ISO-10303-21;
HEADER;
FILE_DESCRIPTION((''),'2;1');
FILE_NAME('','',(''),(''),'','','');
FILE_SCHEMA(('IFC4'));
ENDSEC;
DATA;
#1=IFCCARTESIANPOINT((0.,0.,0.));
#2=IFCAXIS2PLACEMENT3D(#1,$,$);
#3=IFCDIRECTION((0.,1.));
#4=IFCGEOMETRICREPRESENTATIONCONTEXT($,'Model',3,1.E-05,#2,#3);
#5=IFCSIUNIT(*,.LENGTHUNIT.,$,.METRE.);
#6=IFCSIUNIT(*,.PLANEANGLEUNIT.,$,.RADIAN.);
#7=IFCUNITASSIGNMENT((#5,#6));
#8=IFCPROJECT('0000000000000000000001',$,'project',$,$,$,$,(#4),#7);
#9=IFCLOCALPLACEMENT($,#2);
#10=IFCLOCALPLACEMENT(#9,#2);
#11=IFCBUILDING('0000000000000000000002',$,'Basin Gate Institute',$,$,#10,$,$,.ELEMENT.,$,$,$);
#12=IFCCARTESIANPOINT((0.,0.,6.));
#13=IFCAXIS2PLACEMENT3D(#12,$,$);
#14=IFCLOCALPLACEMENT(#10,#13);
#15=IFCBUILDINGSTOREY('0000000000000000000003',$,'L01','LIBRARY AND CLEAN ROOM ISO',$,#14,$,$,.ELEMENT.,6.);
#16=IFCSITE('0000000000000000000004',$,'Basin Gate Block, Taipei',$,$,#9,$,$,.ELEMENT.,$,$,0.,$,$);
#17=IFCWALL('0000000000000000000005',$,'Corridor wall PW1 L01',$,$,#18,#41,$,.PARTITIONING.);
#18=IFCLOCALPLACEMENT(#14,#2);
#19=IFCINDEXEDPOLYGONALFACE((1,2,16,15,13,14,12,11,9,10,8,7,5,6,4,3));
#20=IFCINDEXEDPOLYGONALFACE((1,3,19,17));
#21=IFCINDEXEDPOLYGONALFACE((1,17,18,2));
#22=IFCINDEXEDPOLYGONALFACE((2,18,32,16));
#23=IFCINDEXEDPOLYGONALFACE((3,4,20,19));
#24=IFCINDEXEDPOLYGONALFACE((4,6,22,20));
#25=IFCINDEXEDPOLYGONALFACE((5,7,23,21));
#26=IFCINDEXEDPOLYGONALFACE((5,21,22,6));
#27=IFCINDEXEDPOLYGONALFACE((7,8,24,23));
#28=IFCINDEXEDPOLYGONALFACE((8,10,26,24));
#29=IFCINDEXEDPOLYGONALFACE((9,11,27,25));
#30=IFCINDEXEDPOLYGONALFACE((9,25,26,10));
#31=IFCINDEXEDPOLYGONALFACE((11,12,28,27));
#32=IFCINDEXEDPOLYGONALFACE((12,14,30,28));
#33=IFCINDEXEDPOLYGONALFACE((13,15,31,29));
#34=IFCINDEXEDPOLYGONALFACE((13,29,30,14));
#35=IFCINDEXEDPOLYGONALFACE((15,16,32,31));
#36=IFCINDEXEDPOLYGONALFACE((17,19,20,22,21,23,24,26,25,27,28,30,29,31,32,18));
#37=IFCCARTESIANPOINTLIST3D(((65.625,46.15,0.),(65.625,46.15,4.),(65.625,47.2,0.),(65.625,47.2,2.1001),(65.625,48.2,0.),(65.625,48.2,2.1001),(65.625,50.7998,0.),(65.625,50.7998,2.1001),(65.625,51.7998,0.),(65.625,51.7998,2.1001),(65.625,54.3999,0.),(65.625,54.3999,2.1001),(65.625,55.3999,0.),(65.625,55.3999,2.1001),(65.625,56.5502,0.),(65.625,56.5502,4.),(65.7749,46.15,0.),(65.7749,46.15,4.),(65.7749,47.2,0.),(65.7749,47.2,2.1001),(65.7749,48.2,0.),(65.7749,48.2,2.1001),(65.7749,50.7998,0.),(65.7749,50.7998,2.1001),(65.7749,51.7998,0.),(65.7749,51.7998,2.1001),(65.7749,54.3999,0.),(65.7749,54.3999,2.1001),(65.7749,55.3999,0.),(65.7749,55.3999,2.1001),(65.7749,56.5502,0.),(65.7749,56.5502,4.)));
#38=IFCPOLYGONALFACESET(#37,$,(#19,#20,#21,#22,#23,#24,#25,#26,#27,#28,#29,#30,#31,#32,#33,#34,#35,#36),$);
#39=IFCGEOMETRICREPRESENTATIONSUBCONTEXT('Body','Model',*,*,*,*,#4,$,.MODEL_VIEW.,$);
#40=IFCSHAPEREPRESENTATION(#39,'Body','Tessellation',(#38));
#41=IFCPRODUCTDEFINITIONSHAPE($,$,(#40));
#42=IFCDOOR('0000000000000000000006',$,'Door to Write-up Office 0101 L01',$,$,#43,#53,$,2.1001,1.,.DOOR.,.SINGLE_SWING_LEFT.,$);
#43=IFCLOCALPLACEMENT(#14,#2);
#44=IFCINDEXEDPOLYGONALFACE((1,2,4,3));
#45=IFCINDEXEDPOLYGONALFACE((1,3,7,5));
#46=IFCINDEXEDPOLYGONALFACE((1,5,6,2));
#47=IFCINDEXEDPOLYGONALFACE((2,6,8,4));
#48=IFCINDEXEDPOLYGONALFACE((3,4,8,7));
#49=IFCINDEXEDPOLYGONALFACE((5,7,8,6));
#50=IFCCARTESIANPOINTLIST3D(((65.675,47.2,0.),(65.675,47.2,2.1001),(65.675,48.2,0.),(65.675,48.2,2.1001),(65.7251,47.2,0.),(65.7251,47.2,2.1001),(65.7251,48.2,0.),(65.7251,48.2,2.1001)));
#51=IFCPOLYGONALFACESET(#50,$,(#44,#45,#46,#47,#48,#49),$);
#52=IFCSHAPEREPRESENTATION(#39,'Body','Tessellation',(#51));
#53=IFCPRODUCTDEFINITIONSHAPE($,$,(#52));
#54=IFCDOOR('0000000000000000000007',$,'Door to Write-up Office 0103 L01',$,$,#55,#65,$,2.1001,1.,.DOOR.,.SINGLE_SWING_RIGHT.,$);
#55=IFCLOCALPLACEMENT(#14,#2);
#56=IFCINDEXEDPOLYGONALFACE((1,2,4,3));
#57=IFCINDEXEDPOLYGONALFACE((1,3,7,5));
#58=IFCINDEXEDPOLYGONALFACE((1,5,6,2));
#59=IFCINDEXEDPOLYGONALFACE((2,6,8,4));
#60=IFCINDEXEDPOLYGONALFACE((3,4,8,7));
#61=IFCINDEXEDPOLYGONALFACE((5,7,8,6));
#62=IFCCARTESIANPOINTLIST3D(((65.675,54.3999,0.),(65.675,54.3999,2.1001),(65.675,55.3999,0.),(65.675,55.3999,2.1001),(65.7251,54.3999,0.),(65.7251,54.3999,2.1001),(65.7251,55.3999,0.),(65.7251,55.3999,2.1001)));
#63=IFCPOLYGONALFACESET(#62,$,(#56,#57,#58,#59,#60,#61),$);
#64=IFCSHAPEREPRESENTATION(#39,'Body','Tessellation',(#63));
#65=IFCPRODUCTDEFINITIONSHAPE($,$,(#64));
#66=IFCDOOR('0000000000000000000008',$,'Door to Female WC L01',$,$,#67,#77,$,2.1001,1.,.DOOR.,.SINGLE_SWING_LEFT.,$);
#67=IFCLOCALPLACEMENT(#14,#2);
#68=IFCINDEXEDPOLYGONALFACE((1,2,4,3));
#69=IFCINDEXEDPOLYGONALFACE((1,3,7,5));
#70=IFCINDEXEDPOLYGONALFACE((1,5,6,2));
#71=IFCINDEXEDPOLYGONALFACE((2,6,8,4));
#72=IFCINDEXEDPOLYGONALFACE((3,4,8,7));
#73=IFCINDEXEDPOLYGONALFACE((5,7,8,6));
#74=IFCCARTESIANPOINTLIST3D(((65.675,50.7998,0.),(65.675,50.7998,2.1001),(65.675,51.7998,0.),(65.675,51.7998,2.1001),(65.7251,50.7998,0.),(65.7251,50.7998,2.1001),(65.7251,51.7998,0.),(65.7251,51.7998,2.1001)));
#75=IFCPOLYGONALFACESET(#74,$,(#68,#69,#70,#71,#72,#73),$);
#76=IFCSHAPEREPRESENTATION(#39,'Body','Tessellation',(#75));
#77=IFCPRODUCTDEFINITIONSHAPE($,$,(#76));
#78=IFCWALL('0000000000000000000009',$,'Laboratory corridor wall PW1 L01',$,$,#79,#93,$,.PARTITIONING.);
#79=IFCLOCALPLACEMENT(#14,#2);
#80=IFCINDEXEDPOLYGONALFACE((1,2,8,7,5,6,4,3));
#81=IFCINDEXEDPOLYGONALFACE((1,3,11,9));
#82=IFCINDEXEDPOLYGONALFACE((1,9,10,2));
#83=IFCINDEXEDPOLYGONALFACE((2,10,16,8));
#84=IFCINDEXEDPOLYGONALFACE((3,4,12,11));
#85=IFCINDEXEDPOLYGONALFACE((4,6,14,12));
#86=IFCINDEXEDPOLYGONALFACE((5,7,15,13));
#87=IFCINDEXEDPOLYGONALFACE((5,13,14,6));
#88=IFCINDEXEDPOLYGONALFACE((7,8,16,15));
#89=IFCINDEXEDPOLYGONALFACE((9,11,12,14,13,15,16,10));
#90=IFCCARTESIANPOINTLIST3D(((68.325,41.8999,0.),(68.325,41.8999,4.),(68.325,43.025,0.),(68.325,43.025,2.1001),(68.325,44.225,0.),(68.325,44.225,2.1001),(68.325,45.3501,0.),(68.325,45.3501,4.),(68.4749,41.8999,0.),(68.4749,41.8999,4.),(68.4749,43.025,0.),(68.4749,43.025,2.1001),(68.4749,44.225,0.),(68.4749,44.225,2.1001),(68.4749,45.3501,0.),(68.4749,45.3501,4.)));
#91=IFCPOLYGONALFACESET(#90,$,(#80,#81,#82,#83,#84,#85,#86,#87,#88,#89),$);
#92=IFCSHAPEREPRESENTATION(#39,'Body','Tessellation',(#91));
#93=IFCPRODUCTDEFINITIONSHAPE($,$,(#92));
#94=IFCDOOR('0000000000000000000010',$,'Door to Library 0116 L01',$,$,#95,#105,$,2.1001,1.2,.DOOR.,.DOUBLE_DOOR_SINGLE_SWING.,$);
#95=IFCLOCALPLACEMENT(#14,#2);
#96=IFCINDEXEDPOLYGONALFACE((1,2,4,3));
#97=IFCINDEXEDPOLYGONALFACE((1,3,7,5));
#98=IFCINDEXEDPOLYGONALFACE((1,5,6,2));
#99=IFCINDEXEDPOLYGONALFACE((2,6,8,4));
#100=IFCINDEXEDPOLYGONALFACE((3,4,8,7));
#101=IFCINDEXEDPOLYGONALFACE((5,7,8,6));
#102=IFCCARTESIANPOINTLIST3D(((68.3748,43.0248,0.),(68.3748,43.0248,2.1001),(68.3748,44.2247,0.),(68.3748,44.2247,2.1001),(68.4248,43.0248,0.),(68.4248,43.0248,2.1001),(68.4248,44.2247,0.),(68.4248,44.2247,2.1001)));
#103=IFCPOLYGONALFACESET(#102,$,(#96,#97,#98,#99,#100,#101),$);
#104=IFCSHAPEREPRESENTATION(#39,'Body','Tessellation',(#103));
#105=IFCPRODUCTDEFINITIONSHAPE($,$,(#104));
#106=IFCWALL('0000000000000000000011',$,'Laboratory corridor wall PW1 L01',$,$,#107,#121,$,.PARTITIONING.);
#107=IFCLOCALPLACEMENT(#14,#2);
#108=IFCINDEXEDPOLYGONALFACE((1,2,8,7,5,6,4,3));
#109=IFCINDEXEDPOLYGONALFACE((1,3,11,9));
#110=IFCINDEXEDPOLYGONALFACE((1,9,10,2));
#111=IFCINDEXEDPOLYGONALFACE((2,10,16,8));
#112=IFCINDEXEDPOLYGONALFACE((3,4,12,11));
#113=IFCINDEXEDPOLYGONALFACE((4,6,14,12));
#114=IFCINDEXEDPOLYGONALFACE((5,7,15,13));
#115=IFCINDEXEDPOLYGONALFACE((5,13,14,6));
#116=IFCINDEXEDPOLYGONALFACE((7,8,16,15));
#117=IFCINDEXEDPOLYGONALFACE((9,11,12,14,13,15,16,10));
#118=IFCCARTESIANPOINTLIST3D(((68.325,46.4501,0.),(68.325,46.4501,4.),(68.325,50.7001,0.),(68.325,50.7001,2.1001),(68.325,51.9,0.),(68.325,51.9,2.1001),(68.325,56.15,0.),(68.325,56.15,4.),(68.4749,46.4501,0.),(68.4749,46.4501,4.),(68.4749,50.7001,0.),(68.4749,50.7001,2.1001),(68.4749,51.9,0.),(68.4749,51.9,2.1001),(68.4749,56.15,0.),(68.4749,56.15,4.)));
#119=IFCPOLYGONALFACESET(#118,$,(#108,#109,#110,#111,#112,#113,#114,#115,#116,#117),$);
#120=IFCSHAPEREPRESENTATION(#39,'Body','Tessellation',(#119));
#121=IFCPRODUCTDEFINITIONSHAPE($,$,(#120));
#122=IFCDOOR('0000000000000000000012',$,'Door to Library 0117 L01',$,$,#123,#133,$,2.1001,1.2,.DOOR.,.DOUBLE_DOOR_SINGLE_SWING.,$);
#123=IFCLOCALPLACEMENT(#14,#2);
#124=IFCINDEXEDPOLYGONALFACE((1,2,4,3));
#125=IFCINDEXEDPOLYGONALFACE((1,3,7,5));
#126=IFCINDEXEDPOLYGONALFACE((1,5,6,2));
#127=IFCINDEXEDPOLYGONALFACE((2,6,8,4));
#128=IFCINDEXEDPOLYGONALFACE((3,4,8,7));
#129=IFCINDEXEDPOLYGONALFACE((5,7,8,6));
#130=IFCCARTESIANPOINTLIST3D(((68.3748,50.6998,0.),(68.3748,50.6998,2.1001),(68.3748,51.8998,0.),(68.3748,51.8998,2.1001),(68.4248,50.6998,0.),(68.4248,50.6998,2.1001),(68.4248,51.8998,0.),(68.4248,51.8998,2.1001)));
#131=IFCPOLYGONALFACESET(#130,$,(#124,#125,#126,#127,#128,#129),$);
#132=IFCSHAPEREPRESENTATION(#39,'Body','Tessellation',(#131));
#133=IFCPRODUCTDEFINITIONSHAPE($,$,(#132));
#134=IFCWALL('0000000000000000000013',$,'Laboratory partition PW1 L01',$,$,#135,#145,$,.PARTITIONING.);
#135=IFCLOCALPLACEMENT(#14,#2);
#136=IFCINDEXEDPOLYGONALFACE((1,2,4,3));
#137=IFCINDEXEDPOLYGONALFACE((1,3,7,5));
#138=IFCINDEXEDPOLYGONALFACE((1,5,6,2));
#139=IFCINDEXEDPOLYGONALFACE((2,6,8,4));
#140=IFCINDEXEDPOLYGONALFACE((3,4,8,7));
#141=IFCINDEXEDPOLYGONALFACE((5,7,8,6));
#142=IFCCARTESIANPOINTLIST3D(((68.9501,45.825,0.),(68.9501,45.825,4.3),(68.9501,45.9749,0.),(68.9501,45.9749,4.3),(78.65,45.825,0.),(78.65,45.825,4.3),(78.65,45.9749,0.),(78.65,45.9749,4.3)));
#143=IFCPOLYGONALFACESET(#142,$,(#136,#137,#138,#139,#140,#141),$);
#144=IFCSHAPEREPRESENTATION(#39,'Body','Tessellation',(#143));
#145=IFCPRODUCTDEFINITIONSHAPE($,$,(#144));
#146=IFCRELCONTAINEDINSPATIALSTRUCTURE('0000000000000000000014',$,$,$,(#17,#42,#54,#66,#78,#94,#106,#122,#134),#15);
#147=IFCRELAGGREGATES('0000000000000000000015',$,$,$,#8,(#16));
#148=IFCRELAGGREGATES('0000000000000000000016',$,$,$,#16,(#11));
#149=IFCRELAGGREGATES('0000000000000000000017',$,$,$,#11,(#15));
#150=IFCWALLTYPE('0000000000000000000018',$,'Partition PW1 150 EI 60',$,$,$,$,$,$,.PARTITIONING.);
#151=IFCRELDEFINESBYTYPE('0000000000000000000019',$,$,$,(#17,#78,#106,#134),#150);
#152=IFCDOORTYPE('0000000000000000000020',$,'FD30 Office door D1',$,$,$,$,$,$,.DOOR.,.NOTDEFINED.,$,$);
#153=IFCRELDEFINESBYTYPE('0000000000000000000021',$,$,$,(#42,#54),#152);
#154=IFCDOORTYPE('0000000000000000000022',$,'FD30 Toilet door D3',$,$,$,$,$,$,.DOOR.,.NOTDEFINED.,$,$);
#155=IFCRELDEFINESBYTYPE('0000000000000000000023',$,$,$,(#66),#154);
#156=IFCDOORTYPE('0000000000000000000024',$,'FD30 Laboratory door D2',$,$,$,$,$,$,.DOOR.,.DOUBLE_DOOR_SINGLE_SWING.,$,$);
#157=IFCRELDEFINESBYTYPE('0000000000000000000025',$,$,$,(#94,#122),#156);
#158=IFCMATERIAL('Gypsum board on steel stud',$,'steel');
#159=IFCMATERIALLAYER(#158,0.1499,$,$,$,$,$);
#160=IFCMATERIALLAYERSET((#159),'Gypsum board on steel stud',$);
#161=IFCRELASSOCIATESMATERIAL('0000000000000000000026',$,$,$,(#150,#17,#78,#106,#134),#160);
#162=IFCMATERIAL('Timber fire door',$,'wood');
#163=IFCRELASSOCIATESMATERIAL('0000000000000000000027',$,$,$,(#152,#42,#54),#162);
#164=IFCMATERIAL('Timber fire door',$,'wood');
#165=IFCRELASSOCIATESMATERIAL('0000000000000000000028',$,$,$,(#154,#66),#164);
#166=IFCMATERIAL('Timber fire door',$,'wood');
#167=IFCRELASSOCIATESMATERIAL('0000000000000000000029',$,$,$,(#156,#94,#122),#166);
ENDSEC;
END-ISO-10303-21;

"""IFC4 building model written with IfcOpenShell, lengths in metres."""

from ifc_helpers import new_model, si_unit, direction, frame, frame_2d, origin, place, context, subcontext, project, spatial, rectangle, extrude, material, layer, layer_set, type_object, element, fill, save


model = new_model("IFC4")

# Units and contexts
model_context = context("Model", 3, precision=1e-05, world=origin(), true_north=direction((0.0, 1.0)))
body_context = subcontext(model_context, "Body", "Model", "MODEL_VIEW")
ifc_project = project(units=[si_unit("LENGTHUNIT", "METRE"), si_unit("PLANEANGLEUNIT", "RADIAN")], contexts=[model_context])

# Site, building, storey
site_placement = place(None, origin())
site = spatial("IfcSite", under=ifc_project, at=site_placement, Name="Basin Gate Block, Taipei", CompositionType="ELEMENT", RefElevation=0.0)
building_placement = place(site_placement, origin())
building = spatial("IfcBuilding", under=site, at=building_placement, Name="Basin Gate Institute", CompositionType="ELEMENT")
storey_placement = place(building_placement, frame((0.0, 0.0, 6.0)))
storey = spatial("IfcBuildingStorey", under=building, at=storey_placement, Name="L01", Description="LIBRARY AND CLEAN ROOM ISO", CompositionType="ELEMENT", Elevation=6.0)

# Wall, openings, doors
ifc_material_1 = material(Name="Gypsum board on steel stud", Category="steel")
ifc_layer = layer(ifc_material_1, 0.1499)
ifc_layer_set = layer_set([ifc_layer], Name="Gypsum board on steel stud")
wall_type = type_object("IfcWallType", Name="Partition PW1 150 EI 60", PredefinedType="PARTITIONING", material=ifc_layer_set)
wall_1_placement = place(storey_placement, frame((65.7, 46.1499, 0.0), z_axis=(0.0, 0.0, 1.0), x_axis=(0.0, 1.0, 0.0)))
wall_1 = element("IfcWall", 1, at=wall_1_placement, inside=storey, type_object=wall_type, material=ifc_layer_set, Name="Corridor wall PW1 L01", PredefinedType="PARTITIONING", context=body_context, shape_type="SweptSolid", body=[
    extrude(rectangle(XDim=10.4001, YDim=0.1499, at=frame_2d((5.2002, 0.0))), origin(), (0.0, 0.0, 1.0), 4.0),
])
opening_1_placement = place(wall_1_placement, frame((4.6499, 0.0, 0.0)))
opening_1 = element("IfcOpeningElement", 2, at=opening_1_placement, cuts=wall_1, PredefinedType="OPENING", context=body_context, shape_type="SweptSolid", body=[
    extrude(rectangle(XDim=1.0, YDim=2.1001, at=frame_2d((0.5, 1.05))), frame((0.0, 0.085, 0.0), z_axis=(0.0, -1.0, 0.0), x_axis=(1.0, 0.0, 0.0)), (0.0, 0.0, 1.0), 0.1699),
])
opening_2_placement = place(wall_1_placement, frame((1.05, 0.0, 0.0)))
opening_2 = element("IfcOpeningElement", 3, at=opening_2_placement, cuts=wall_1, PredefinedType="OPENING", context=body_context, shape_type="SweptSolid", body=[
    extrude(rectangle(XDim=1.0, YDim=2.1001, at=frame_2d((0.5, 1.05))), frame((0.0, 0.085, 0.0), z_axis=(0.0, -1.0, 0.0), x_axis=(1.0, 0.0, 0.0)), (0.0, 0.0, 1.0), 0.1699),
])
opening_3_placement = place(wall_1_placement, frame((8.25, 0.0, 0.0)))
opening_3 = element("IfcOpeningElement", 4, at=opening_3_placement, cuts=wall_1, PredefinedType="OPENING", context=body_context, shape_type="SweptSolid", body=[
    extrude(rectangle(XDim=1.0, YDim=2.1001, at=frame_2d((0.5, 1.05))), frame((0.0, 0.085, 0.0), z_axis=(0.0, -1.0, 0.0), x_axis=(1.0, 0.0, 0.0)), (0.0, 0.0, 1.0), 0.1699),
])
ifc_material_2 = material(Name="Timber fire door", Category="wood")
door_type_1 = type_object("IfcDoorType", Name="FD30 Office door D1", OperationType="NOTDEFINED", PredefinedType="DOOR", material=ifc_material_2)
door_1_placement = place(opening_2_placement, origin())
door_1 = element("IfcDoor", 5, at=door_1_placement, inside=storey, type_object=door_type_1, material=ifc_material_2, Name="Door to Write-up Office 0101 L01", OperationType="SINGLE_SWING_LEFT", OverallHeight=2.1001, OverallWidth=1.0, PredefinedType="DOOR", context=body_context, shape_type="SweptSolid", body=[
    extrude(rectangle(XDim=1.0, YDim=2.1001, at=frame_2d((0.5, 1.05))), frame((0.0, 0.0249, 0.0), z_axis=(0.0, -1.0, 0.0), x_axis=(1.0, 0.0, 0.0)), (0.0, 0.0, 1.0), 0.05),
])
fill(opening_2, door_1)
door_2_placement = place(opening_3_placement, origin())
door_2 = element("IfcDoor", 6, at=door_2_placement, inside=storey, type_object=door_type_1, material=ifc_material_2, Name="Door to Write-up Office 0103 L01", OperationType="SINGLE_SWING_RIGHT", OverallHeight=2.1001, OverallWidth=1.0, PredefinedType="DOOR", context=body_context, shape_type="SweptSolid", body=[
    extrude(rectangle(XDim=1.0, YDim=2.1001, at=frame_2d((0.5, 1.05))), frame((0.0, 0.0249, 0.0), z_axis=(0.0, -1.0, 0.0), x_axis=(1.0, 0.0, 0.0)), (0.0, 0.0, 1.0), 0.05),
])
fill(opening_3, door_2)
ifc_material_3 = material(Name="Timber fire door", Category="wood")
door_type_2 = type_object("IfcDoorType", Name="FD30 Toilet door D3", OperationType="NOTDEFINED", PredefinedType="DOOR", material=ifc_material_3)
door_3_placement = place(opening_1_placement, origin())
door_3 = element("IfcDoor", 7, at=door_3_placement, inside=storey, type_object=door_type_2, material=ifc_material_3, Name="Door to Female WC L01", OperationType="SINGLE_SWING_LEFT", OverallHeight=2.1001, OverallWidth=1.0, PredefinedType="DOOR", context=body_context, shape_type="SweptSolid", body=[
    extrude(rectangle(XDim=1.0, YDim=2.1001, at=frame_2d((0.5, 1.05))), frame((0.0, 0.0249, 0.0), z_axis=(0.0, -1.0, 0.0), x_axis=(1.0, 0.0, 0.0)), (0.0, 0.0, 1.0), 0.05),
])
fill(opening_1, door_3)

# Walls, openings, doors
wall_2_placement = place(storey_placement, frame((68.3999, 41.8999, 0.0), z_axis=(0.0, 0.0, 1.0), x_axis=(0.0, 1.0, 0.0)))
wall_2 = element("IfcWall", 8, at=wall_2_placement, inside=storey, type_object=wall_type, material=ifc_layer_set, Name="Laboratory corridor wall PW1 L01", PredefinedType="PARTITIONING", context=body_context, shape_type="SweptSolid", body=[
    extrude(rectangle(XDim=3.4502, YDim=0.1499, at=frame_2d((1.7251, 0.0))), origin(), (0.0, 0.0, 1.0), 4.0),
])
opening_4_placement = place(wall_2_placement, frame((1.125, 0.0, 0.0)))
opening_4 = element("IfcOpeningElement", 9, at=opening_4_placement, cuts=wall_2, PredefinedType="OPENING", context=body_context, shape_type="SweptSolid", body=[
    extrude(rectangle(XDim=1.2, YDim=2.1001, at=frame_2d((0.6001, 1.05))), frame((0.0, 0.085, 0.0), z_axis=(0.0, -1.0, 0.0), x_axis=(1.0, 0.0, 0.0)), (0.0, 0.0, 1.0), 0.1699),
])
ifc_material_4 = material(Name="Timber fire door", Category="wood")
door_type_3 = type_object("IfcDoorType", Name="FD30 Laboratory door D2", OperationType="DOUBLE_DOOR_SINGLE_SWING", PredefinedType="DOOR", material=ifc_material_4)
door_4_placement = place(opening_4_placement, frame((1.2, 0.0, 0.0), z_axis=(0.0, 0.0, 1.0), x_axis=(-1.0, 0.0, 0.0)))
door_4 = element("IfcDoor", 10, at=door_4_placement, inside=storey, type_object=door_type_3, material=ifc_material_4, Name="Door to Library 0116 L01", OperationType="DOUBLE_DOOR_SINGLE_SWING", OverallHeight=2.1001, OverallWidth=1.2, PredefinedType="DOOR", context=body_context, shape_type="SweptSolid", body=[
    extrude(rectangle(XDim=1.2, YDim=2.1001, at=frame_2d((0.6001, 1.05))), frame((0.0, 0.0249, 0.0), z_axis=(0.0, -1.0, 0.0), x_axis=(1.0, 0.0, 0.0)), (0.0, 0.0, 1.0), 0.05),
])
fill(opening_4, door_4)
wall_3_placement = place(storey_placement, frame((68.3999, 46.45, 0.0), z_axis=(0.0, 0.0, 1.0), x_axis=(0.0, 1.0, 0.0)))
wall_3 = element("IfcWall", 11, at=wall_3_placement, inside=storey, type_object=wall_type, material=ifc_layer_set, Name="Laboratory corridor wall PW1 L01", PredefinedType="PARTITIONING", context=body_context, shape_type="SweptSolid", body=[
    extrude(rectangle(XDim=9.7, YDim=0.1499, at=frame_2d((4.8501, 0.0))), origin(), (0.0, 0.0, 1.0), 4.0),
])
opening_5_placement = place(wall_3_placement, frame((4.25, 0.0, 0.0)))
opening_5 = element("IfcOpeningElement", 12, at=opening_5_placement, cuts=wall_3, PredefinedType="OPENING", context=body_context, shape_type="SweptSolid", body=[
    extrude(rectangle(XDim=1.2, YDim=2.1001, at=frame_2d((0.6001, 1.05))), frame((0.0, 0.085, 0.0), z_axis=(0.0, -1.0, 0.0), x_axis=(1.0, 0.0, 0.0)), (0.0, 0.0, 1.0), 0.1699),
])
door_5_placement = place(opening_5_placement, frame((1.2, 0.0, 0.0), z_axis=(0.0, 0.0, 1.0), x_axis=(-1.0, 0.0, 0.0)))
door_5 = element("IfcDoor", 13, at=door_5_placement, inside=storey, type_object=door_type_3, material=ifc_material_4, Name="Door to Library 0117 L01", OperationType="DOUBLE_DOOR_SINGLE_SWING", OverallHeight=2.1001, OverallWidth=1.2, PredefinedType="DOOR", context=body_context, shape_type="SweptSolid", body=[
    extrude(rectangle(XDim=1.2, YDim=2.1001, at=frame_2d((0.6001, 1.05))), frame((0.0, 0.0249, 0.0), z_axis=(0.0, -1.0, 0.0), x_axis=(1.0, 0.0, 0.0)), (0.0, 0.0, 1.0), 0.05),
])
fill(opening_5, door_5)

# Wall
wall_4_placement = place(storey_placement, frame((68.95, 45.8999, 0.0), z_axis=(0.0, 0.0, 1.0), x_axis=(1.0, 0.0, 0.0)))
element("IfcWall", 14, at=wall_4_placement, inside=storey, type_object=wall_type, material=ifc_layer_set, Name="Laboratory partition PW1 L01", PredefinedType="PARTITIONING", context=body_context, shape_type="SweptSolid", body=[
    extrude(rectangle(XDim=9.7, YDim=0.1499, at=frame_2d((4.8501, 0.0))), origin(), (0.0, 0.0, 1.0), 4.3),
])

save(model, "model.ifc")
